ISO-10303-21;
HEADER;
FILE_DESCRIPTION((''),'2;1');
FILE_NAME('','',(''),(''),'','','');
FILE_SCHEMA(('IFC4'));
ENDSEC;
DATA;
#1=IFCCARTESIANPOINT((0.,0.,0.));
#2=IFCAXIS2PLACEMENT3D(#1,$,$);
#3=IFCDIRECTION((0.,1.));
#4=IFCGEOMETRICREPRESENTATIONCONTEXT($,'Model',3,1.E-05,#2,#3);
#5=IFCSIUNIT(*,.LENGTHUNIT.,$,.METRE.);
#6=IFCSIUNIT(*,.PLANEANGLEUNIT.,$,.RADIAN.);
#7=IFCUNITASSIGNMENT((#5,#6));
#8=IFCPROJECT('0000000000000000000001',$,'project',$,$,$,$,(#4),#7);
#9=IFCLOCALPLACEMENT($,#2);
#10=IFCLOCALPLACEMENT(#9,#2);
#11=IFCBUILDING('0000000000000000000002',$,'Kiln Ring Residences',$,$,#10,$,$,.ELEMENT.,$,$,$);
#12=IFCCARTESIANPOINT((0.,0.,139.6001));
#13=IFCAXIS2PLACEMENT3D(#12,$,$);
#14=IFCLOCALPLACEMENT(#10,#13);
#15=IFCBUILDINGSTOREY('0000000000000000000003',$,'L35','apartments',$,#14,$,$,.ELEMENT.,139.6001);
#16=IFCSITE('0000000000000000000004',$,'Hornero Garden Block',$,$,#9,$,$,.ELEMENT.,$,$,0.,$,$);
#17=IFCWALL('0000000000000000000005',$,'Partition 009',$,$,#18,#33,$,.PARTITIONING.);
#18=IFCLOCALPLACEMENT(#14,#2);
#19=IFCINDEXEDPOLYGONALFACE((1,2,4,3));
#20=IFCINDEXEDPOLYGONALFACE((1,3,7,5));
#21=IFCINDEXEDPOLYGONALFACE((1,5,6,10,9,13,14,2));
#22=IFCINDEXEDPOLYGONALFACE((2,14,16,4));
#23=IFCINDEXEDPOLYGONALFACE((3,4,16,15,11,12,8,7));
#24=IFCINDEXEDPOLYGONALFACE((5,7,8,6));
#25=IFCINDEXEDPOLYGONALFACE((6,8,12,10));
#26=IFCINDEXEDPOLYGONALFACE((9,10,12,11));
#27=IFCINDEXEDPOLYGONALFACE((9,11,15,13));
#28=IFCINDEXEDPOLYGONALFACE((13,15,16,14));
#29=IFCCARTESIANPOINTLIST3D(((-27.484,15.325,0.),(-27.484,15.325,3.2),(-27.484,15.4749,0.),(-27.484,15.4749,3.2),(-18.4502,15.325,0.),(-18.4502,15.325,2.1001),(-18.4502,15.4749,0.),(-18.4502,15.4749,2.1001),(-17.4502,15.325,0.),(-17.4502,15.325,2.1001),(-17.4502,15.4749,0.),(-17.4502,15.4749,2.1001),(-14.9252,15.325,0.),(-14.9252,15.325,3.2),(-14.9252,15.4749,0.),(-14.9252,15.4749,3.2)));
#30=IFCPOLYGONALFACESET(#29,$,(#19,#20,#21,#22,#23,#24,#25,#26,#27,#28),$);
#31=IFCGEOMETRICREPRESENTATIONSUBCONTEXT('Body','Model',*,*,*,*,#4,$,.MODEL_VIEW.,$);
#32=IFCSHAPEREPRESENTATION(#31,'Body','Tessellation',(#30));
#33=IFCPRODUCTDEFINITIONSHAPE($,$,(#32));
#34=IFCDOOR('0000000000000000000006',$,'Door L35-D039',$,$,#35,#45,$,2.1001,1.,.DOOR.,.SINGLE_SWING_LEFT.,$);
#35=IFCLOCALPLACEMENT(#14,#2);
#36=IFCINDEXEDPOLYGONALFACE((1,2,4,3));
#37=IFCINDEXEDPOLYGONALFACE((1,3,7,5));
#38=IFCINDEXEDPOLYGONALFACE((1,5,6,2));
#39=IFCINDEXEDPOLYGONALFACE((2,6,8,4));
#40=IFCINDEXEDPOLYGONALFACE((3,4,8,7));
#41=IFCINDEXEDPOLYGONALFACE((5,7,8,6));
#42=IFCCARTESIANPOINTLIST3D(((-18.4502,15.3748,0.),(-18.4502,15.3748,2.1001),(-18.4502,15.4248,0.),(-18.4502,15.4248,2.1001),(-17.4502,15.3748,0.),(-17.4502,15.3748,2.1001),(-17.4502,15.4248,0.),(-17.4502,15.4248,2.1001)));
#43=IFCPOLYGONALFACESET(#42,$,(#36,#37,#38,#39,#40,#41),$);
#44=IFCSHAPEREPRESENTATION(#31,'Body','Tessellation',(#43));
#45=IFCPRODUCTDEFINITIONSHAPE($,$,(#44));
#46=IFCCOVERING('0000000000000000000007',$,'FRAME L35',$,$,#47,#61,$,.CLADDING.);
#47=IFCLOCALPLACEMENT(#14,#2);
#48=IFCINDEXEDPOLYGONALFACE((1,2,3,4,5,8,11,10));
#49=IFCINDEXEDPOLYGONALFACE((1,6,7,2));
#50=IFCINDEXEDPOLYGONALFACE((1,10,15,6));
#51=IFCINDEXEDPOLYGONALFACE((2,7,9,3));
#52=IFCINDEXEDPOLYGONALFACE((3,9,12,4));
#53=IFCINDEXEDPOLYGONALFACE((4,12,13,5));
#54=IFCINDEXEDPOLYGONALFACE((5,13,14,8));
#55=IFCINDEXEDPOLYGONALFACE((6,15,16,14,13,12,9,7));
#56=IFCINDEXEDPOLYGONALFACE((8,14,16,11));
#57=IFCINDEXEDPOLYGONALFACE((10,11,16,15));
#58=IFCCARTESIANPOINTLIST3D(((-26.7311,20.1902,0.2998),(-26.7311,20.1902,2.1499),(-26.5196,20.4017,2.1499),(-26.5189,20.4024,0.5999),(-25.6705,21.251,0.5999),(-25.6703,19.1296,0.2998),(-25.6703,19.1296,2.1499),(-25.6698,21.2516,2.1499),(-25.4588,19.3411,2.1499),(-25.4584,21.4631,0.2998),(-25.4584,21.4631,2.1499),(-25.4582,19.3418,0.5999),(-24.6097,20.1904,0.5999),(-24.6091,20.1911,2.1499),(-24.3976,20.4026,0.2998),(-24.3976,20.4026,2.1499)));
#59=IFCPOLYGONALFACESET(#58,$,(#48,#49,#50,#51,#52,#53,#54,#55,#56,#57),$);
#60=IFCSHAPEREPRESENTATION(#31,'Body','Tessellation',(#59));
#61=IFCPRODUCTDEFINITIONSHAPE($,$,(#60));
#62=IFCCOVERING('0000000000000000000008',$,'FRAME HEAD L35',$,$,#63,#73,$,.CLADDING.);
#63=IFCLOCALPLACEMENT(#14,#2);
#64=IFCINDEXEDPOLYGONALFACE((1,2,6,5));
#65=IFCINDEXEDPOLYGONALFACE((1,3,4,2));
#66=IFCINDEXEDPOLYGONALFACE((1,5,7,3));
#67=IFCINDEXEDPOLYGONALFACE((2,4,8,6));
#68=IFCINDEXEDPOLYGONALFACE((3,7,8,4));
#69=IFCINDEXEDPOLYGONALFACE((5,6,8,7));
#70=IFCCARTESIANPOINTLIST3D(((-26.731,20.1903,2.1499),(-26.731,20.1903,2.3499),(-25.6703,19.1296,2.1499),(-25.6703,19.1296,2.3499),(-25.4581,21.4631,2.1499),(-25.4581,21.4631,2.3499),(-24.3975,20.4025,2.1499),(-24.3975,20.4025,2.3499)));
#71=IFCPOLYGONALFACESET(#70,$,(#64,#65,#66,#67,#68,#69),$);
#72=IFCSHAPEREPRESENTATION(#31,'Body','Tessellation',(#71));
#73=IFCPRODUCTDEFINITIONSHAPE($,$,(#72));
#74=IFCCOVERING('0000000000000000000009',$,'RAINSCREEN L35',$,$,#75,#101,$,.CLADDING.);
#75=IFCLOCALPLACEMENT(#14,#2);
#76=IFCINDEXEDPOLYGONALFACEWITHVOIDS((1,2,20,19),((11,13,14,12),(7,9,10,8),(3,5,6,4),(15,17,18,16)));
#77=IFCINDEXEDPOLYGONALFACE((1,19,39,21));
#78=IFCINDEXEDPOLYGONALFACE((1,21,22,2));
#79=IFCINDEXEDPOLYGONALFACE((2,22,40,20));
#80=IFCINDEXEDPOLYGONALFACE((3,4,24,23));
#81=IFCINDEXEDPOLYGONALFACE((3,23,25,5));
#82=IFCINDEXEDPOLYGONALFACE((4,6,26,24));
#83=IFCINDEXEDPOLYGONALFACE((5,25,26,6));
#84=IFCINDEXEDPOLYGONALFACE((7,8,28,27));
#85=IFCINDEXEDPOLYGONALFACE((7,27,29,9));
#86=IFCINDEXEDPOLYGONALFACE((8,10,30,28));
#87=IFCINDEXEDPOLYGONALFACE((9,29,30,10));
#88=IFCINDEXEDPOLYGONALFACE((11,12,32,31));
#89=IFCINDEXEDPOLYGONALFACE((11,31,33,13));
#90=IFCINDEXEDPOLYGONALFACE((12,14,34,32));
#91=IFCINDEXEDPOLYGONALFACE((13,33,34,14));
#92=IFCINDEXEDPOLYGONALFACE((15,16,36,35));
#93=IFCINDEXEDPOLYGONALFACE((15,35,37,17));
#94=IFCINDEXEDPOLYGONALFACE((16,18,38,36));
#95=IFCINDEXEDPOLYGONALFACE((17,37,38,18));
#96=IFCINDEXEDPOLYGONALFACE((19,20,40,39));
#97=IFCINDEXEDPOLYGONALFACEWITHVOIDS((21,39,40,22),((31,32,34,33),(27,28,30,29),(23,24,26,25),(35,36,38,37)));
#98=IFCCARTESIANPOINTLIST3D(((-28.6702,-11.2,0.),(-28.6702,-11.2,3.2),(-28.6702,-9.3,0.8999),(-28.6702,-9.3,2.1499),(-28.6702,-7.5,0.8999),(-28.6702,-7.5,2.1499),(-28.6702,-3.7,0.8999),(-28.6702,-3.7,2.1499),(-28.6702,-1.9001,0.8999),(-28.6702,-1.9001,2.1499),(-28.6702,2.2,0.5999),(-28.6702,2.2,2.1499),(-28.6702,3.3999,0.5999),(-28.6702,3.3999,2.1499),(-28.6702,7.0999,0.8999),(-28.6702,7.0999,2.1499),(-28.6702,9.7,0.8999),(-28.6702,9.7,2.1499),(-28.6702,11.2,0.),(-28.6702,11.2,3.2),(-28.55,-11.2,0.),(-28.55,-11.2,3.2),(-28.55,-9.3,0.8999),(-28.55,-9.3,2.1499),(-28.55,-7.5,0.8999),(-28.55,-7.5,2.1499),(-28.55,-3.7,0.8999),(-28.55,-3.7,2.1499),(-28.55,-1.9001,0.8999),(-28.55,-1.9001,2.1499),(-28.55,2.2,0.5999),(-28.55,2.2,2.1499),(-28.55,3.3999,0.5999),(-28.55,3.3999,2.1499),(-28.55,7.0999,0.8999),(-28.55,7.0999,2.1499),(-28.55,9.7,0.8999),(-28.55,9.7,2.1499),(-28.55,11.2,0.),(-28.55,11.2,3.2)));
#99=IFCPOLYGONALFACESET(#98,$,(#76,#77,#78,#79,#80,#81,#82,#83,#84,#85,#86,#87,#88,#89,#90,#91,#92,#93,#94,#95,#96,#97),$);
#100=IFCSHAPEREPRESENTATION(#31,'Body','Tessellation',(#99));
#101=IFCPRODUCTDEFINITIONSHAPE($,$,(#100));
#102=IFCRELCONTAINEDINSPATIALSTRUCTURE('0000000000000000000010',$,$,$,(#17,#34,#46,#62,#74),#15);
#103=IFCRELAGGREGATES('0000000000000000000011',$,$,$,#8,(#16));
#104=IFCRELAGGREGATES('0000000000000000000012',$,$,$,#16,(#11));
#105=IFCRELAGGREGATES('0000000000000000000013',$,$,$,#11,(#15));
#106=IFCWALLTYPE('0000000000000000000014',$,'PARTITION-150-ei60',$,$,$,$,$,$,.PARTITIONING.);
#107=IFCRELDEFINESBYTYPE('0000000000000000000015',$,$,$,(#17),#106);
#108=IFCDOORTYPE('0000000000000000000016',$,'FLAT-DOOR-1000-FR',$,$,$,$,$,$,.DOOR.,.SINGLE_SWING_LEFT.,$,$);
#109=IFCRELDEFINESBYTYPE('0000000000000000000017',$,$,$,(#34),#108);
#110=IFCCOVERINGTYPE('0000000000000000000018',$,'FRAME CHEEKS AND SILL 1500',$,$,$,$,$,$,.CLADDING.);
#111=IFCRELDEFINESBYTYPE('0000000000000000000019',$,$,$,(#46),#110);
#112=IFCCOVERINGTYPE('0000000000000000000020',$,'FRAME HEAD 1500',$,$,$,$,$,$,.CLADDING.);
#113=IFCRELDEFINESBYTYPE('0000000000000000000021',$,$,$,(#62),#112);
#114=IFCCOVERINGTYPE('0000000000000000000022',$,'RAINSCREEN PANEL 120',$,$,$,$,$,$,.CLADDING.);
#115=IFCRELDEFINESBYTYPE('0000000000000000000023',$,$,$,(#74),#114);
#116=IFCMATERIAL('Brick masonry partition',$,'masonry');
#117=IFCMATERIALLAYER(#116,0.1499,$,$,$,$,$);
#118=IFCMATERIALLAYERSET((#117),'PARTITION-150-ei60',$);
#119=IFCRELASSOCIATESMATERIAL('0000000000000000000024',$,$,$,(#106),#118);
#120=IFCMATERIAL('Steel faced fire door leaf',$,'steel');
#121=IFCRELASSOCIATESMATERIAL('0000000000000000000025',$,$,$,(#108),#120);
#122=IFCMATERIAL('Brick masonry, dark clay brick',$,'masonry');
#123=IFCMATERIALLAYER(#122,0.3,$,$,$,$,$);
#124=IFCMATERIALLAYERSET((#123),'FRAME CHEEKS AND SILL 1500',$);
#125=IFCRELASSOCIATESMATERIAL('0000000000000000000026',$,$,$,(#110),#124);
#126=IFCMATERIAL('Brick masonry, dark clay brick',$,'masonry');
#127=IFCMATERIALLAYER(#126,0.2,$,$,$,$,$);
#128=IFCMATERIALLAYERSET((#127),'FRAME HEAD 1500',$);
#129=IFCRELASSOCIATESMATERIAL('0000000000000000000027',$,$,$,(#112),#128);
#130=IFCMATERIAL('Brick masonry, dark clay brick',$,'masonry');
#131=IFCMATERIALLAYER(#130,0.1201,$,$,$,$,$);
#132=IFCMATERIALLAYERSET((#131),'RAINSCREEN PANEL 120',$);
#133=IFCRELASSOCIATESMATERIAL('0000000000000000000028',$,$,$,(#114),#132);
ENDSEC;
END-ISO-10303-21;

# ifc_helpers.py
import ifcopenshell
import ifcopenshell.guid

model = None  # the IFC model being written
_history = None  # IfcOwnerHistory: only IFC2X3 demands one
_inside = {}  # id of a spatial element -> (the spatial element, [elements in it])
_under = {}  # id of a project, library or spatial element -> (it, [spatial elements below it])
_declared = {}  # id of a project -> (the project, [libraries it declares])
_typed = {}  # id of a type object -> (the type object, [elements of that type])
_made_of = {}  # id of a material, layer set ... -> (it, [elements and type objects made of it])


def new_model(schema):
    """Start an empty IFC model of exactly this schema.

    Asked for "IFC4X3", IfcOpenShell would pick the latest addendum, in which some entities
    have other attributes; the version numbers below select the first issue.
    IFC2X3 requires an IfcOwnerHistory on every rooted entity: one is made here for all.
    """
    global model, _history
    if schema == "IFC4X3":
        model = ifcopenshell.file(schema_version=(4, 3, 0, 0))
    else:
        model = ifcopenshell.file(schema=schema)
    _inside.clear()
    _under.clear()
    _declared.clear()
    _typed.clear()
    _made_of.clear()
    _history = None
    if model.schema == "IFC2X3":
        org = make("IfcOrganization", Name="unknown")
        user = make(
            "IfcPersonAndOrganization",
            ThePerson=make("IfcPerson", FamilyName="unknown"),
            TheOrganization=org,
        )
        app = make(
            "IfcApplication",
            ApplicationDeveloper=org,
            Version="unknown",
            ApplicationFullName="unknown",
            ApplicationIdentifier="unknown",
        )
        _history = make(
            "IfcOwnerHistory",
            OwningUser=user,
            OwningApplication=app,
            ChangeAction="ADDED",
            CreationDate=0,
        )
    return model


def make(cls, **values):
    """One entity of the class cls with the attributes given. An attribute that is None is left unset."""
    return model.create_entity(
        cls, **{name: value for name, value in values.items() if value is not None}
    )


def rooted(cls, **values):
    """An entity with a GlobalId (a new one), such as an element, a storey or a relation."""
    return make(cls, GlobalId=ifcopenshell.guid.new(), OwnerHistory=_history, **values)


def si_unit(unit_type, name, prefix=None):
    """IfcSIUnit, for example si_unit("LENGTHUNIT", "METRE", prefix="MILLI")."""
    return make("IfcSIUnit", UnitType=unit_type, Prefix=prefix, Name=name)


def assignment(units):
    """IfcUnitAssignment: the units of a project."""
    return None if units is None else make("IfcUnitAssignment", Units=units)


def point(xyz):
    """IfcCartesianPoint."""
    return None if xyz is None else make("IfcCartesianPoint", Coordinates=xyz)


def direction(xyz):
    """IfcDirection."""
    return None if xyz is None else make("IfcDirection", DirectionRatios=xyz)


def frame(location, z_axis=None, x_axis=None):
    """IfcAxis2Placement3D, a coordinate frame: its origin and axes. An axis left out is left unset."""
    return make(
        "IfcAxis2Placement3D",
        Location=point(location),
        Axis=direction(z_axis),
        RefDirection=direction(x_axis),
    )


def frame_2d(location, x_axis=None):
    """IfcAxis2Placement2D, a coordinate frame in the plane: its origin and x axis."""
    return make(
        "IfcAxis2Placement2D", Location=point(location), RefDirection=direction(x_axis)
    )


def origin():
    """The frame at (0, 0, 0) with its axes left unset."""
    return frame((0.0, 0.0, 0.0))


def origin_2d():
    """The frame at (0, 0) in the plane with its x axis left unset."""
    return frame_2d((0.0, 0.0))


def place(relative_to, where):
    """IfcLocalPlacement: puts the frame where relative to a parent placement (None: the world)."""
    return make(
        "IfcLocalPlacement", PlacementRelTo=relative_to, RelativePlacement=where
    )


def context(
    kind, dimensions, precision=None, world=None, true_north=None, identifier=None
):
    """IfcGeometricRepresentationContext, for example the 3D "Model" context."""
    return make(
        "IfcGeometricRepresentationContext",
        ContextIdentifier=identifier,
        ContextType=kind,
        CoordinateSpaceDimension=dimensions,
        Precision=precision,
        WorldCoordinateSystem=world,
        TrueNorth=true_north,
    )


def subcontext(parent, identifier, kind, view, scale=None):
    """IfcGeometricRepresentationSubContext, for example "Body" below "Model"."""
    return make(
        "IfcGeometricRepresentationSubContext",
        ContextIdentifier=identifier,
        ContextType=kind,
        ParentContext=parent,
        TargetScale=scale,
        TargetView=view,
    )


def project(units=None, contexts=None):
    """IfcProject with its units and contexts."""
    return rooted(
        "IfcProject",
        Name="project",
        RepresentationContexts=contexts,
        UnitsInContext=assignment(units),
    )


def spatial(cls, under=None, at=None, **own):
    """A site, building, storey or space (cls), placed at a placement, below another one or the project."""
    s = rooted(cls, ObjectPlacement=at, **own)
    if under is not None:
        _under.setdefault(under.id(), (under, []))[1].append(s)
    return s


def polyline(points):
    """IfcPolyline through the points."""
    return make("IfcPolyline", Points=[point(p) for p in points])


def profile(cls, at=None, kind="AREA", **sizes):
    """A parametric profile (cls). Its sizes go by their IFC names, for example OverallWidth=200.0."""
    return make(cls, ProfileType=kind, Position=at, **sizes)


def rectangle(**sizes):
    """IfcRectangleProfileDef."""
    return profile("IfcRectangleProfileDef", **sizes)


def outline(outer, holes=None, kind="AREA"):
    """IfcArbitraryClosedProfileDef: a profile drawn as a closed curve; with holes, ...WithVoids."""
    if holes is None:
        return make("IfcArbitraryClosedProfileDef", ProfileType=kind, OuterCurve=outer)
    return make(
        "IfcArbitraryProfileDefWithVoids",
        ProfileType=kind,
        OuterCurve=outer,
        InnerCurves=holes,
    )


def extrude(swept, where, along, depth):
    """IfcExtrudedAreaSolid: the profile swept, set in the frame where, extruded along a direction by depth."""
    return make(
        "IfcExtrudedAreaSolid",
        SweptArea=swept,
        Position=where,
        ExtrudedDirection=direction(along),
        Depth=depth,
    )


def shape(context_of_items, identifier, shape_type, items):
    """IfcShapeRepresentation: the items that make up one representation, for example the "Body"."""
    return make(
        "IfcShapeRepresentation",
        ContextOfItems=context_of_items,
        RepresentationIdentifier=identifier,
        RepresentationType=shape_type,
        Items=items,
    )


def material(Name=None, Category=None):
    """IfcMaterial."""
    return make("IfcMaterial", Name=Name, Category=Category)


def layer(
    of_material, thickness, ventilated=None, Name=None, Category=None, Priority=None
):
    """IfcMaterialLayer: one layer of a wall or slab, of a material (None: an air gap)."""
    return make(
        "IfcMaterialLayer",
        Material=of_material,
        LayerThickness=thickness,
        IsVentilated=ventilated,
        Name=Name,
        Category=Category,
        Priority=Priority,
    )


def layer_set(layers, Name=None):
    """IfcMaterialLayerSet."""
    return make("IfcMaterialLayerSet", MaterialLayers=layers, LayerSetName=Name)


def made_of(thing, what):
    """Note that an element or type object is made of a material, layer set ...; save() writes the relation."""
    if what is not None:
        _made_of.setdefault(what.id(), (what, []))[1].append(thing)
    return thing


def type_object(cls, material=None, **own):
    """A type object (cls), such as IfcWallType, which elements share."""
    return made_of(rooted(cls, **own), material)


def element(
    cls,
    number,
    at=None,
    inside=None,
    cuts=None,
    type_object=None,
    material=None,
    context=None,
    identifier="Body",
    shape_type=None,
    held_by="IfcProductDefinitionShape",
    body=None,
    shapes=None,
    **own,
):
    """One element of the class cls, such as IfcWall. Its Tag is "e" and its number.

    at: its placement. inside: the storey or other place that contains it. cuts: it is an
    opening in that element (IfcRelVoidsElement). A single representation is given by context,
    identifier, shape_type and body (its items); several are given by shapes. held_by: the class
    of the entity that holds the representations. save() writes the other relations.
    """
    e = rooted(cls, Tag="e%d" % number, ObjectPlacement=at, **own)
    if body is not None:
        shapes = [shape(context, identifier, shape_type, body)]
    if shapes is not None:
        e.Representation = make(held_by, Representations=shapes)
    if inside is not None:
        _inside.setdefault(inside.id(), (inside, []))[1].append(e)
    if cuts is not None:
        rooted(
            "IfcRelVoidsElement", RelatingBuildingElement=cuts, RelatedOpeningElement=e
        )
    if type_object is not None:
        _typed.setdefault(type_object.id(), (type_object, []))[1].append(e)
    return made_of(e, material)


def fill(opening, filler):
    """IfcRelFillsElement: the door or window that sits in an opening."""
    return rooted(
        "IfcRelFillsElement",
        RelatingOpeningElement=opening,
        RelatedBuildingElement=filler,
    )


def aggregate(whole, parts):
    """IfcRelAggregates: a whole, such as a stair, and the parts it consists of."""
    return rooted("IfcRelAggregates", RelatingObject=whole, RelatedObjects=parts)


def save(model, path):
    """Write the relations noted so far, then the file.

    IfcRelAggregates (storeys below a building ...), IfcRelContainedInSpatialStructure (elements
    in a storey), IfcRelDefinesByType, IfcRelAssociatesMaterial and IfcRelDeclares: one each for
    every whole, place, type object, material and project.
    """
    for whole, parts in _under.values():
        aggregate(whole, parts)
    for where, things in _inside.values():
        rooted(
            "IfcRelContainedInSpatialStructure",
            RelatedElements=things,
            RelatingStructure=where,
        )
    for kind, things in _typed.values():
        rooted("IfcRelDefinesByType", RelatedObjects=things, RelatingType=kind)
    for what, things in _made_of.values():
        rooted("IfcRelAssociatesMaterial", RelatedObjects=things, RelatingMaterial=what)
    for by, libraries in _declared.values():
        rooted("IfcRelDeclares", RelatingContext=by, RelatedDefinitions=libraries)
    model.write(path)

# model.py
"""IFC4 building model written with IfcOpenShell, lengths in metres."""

from ifc_helpers import new_model, si_unit, direction, frame, frame_2d, origin, origin_2d, place, context, subcontext, project, spatial, polyline, rectangle, outline, extrude, material, layer, layer_set, type_object, element, fill, save


model = new_model("IFC4")

# Units and contexts
model_context = context("Model", 3, precision=1e-05, world=origin(), true_north=direction((0.0, 1.0)))
body_context = subcontext(model_context, "Body", "Model", "MODEL_VIEW")
ifc_project = project(units=[si_unit("LENGTHUNIT", "METRE"), si_unit("PLANEANGLEUNIT", "RADIAN")], contexts=[model_context])

# Site, building, storey
site_placement = place(None, origin())
site = spatial("IfcSite", under=ifc_project, at=site_placement, Name="Hornero Garden Block", CompositionType="ELEMENT", RefElevation=0.0)
building_placement = place(site_placement, origin())
building = spatial("IfcBuilding", under=site, at=building_placement, Name="Kiln Ring Residences", CompositionType="ELEMENT")
storey_placement = place(building_placement, frame((0.0, 0.0, 139.6001)))
storey = spatial("IfcBuildingStorey", under=building, at=storey_placement, Name="L35", Description="apartments", CompositionType="ELEMENT", Elevation=139.6001)

# Wall, opening, door
ifc_material_1 = material(Name="Brick masonry partition", Category="masonry")
ifc_layer_1 = layer(ifc_material_1, 0.1499)
ifc_layer_set_1 = layer_set([ifc_layer_1], Name="PARTITION-150-ei60")
wall_type_1 = type_object("IfcWallType", Name="PARTITION-150-ei60", PredefinedType="PARTITIONING", material=ifc_layer_set_1)
wall_1_placement = place(storey_placement, frame((-27.4839, 15.3999, 0.0), z_axis=(0.0, 0.0, 1.0), x_axis=(1.0, 0.0, 0.0)))
wall_1 = element("IfcWall", 1, at=wall_1_placement, inside=storey, type_object=wall_type_1, Name="Partition 009", PredefinedType="PARTITIONING", context=body_context, shape_type="SweptSolid", body=[
    extrude(rectangle(XDim=12.5588, YDim=0.1499, at=frame_2d((6.2793, 0.0))), origin(), (0.0, 0.0, 1.0), 3.2),
])
opening_1_placement = place(wall_1_placement, frame((9.0337, 0.0, 0.0)))
opening_1 = element("IfcOpeningElement", 2, at=opening_1_placement, cuts=wall_1, PredefinedType="OPENING", context=body_context, shape_type="SweptSolid", body=[
    extrude(rectangle(XDim=1.0, YDim=2.1001, at=frame_2d((0.5, 1.05))), frame((0.0, 0.085, 0.0), z_axis=(0.0, -1.0, 0.0), x_axis=(1.0, 0.0, 0.0)), (0.0, 0.0, 1.0), 0.1699),
])
ifc_material_2 = material(Name="Steel faced fire door leaf", Category="steel")
door_type_1 = type_object("IfcDoorType", Name="FLAT-DOOR-1000-FR", OperationType="SINGLE_SWING_LEFT", PredefinedType="DOOR", material=ifc_material_2)
door_1_placement = place(opening_1_placement, origin())
door_1 = element("IfcDoor", 3, at=door_1_placement, inside=storey, type_object=door_type_1, Name="Door L35-D039", OperationType="SINGLE_SWING_LEFT", OverallHeight=2.1001, OverallWidth=1.0, PredefinedType="DOOR", context=body_context, shape_type="SweptSolid", body=[
    extrude(rectangle(XDim=1.0, YDim=2.1001, at=frame_2d((0.5, 1.05))), frame((0.0, 0.0249, 0.0), z_axis=(0.0, -1.0, 0.0), x_axis=(1.0, 0.0, 0.0)), (0.0, 0.0, 1.0), 0.05),
])
fill(opening_1, door_1)

# Coverings
ifc_material_3 = material(Name="Brick masonry, dark clay brick", Category="masonry")
ifc_layer_2 = layer(ifc_material_3, 0.3)
ifc_layer_set_2 = layer_set([ifc_layer_2], Name="FRAME CHEEKS AND SILL 1500")
covering_type_1 = type_object("IfcCoveringType", Name="FRAME CHEEKS AND SILL 1500", PredefinedType="CLADDING", material=ifc_layer_set_2)
covering_1_placement = place(storey_placement, frame((-24.928, 20.9329, 0.2998), z_axis=(0.0, 0.0, 1.0), x_axis=(-0.707039, -0.707175, 0.0)))
element("IfcCovering", 4, at=covering_1_placement, inside=storey, type_object=covering_type_1, Name="FRAME L35", PredefinedType="CLADDING", context=body_context, shape_type="SweptSolid", body=[
    extrude(outline(polyline([(0.0, 0.0), (1.8, 0.0), (1.8, 1.8501), (1.501, 1.8501), (1.5, 0.3), (0.3, 0.3), (0.2991, 1.8501), (0.0, 1.8501), (0.0, 0.0)])), frame((0.0, 0.75, 0.0), z_axis=(0.0, -1.0, 0.0), x_axis=(1.0, 0.0, 0.0)), (0.0, 0.0, 1.0), 1.5),
])
ifc_material_4 = material(Name="Brick masonry, dark clay brick", Category="masonry")
ifc_layer_3 = layer(ifc_material_4, 0.2)
ifc_layer_set_3 = layer_set([ifc_layer_3], Name="FRAME HEAD 1500")
covering_type_2 = type_object("IfcCoveringType", Name="FRAME HEAD 1500", PredefinedType="CLADDING", material=ifc_layer_set_3)
covering_2_placement = place(storey_placement, frame((-25.5642, 20.2964, 2.1499), z_axis=(0.0, 0.0, 1.0), x_axis=(-0.707107, -0.707107, 0.0)))
element("IfcCovering", 5, at=covering_2_placement, inside=storey, type_object=covering_type_2, Name="FRAME HEAD L35", PredefinedType="CLADDING", context=body_context, shape_type="SweptSolid", body=[
    extrude(rectangle(XDim=1.8, YDim=1.5, at=origin_2d()), origin(), (0.0, 0.0, 1.0), 0.2),
])
ifc_material_5 = material(Name="Brick masonry, dark clay brick", Category="masonry")
ifc_layer_4 = layer(ifc_material_5, 0.1201)
ifc_layer_set_4 = layer_set([ifc_layer_4], Name="RAINSCREEN PANEL 120")
covering_type_3 = type_object("IfcCoveringType", Name="RAINSCREEN PANEL 120", PredefinedType="CLADDING", material=ifc_layer_set_4)
covering_3_placement = place(storey_placement, frame((-28.6101, 11.2, 0.0), z_axis=(0.0, 0.0, 1.0), x_axis=(0.0, -1.0, 0.0)))
element("IfcCovering", 6, at=covering_3_placement, inside=storey, type_object=covering_type_3, Name="RAINSCREEN L35", PredefinedType="CLADDING", context=body_context, shape_type="SweptSolid", body=[
    extrude(outline(polyline([(0.0, 0.0), (22.3999, 0.0), (22.3999, 3.2), (0.0, 3.2), (0.0, 0.0)]), holes=[polyline([(9.0, 0.5999), (9.0, 2.1499), (7.8, 2.1499), (7.8, 0.5999), (9.0, 0.5999)]), polyline([(4.1001, 0.8999), (4.1001, 2.1499), (1.5, 2.1499), (1.5, 0.8999), (4.1001, 0.8999)]), polyline([(14.8999, 0.8999), (14.8999, 2.1499), (13.1001, 2.1499), (13.1001, 0.8999), (14.8999, 0.8999)]), polyline([(20.5, 0.8999), (20.5, 2.1499), (18.7, 2.1499), (18.7, 0.8999), (20.5, 0.8999)])]), frame((0.0, 0.0601, 0.0), z_axis=(0.0, -1.0, 0.0), x_axis=(1.0, 0.0, 0.0)), (0.0, 0.0, 1.0), 0.1201),
])

save(model, "model.ifc")
